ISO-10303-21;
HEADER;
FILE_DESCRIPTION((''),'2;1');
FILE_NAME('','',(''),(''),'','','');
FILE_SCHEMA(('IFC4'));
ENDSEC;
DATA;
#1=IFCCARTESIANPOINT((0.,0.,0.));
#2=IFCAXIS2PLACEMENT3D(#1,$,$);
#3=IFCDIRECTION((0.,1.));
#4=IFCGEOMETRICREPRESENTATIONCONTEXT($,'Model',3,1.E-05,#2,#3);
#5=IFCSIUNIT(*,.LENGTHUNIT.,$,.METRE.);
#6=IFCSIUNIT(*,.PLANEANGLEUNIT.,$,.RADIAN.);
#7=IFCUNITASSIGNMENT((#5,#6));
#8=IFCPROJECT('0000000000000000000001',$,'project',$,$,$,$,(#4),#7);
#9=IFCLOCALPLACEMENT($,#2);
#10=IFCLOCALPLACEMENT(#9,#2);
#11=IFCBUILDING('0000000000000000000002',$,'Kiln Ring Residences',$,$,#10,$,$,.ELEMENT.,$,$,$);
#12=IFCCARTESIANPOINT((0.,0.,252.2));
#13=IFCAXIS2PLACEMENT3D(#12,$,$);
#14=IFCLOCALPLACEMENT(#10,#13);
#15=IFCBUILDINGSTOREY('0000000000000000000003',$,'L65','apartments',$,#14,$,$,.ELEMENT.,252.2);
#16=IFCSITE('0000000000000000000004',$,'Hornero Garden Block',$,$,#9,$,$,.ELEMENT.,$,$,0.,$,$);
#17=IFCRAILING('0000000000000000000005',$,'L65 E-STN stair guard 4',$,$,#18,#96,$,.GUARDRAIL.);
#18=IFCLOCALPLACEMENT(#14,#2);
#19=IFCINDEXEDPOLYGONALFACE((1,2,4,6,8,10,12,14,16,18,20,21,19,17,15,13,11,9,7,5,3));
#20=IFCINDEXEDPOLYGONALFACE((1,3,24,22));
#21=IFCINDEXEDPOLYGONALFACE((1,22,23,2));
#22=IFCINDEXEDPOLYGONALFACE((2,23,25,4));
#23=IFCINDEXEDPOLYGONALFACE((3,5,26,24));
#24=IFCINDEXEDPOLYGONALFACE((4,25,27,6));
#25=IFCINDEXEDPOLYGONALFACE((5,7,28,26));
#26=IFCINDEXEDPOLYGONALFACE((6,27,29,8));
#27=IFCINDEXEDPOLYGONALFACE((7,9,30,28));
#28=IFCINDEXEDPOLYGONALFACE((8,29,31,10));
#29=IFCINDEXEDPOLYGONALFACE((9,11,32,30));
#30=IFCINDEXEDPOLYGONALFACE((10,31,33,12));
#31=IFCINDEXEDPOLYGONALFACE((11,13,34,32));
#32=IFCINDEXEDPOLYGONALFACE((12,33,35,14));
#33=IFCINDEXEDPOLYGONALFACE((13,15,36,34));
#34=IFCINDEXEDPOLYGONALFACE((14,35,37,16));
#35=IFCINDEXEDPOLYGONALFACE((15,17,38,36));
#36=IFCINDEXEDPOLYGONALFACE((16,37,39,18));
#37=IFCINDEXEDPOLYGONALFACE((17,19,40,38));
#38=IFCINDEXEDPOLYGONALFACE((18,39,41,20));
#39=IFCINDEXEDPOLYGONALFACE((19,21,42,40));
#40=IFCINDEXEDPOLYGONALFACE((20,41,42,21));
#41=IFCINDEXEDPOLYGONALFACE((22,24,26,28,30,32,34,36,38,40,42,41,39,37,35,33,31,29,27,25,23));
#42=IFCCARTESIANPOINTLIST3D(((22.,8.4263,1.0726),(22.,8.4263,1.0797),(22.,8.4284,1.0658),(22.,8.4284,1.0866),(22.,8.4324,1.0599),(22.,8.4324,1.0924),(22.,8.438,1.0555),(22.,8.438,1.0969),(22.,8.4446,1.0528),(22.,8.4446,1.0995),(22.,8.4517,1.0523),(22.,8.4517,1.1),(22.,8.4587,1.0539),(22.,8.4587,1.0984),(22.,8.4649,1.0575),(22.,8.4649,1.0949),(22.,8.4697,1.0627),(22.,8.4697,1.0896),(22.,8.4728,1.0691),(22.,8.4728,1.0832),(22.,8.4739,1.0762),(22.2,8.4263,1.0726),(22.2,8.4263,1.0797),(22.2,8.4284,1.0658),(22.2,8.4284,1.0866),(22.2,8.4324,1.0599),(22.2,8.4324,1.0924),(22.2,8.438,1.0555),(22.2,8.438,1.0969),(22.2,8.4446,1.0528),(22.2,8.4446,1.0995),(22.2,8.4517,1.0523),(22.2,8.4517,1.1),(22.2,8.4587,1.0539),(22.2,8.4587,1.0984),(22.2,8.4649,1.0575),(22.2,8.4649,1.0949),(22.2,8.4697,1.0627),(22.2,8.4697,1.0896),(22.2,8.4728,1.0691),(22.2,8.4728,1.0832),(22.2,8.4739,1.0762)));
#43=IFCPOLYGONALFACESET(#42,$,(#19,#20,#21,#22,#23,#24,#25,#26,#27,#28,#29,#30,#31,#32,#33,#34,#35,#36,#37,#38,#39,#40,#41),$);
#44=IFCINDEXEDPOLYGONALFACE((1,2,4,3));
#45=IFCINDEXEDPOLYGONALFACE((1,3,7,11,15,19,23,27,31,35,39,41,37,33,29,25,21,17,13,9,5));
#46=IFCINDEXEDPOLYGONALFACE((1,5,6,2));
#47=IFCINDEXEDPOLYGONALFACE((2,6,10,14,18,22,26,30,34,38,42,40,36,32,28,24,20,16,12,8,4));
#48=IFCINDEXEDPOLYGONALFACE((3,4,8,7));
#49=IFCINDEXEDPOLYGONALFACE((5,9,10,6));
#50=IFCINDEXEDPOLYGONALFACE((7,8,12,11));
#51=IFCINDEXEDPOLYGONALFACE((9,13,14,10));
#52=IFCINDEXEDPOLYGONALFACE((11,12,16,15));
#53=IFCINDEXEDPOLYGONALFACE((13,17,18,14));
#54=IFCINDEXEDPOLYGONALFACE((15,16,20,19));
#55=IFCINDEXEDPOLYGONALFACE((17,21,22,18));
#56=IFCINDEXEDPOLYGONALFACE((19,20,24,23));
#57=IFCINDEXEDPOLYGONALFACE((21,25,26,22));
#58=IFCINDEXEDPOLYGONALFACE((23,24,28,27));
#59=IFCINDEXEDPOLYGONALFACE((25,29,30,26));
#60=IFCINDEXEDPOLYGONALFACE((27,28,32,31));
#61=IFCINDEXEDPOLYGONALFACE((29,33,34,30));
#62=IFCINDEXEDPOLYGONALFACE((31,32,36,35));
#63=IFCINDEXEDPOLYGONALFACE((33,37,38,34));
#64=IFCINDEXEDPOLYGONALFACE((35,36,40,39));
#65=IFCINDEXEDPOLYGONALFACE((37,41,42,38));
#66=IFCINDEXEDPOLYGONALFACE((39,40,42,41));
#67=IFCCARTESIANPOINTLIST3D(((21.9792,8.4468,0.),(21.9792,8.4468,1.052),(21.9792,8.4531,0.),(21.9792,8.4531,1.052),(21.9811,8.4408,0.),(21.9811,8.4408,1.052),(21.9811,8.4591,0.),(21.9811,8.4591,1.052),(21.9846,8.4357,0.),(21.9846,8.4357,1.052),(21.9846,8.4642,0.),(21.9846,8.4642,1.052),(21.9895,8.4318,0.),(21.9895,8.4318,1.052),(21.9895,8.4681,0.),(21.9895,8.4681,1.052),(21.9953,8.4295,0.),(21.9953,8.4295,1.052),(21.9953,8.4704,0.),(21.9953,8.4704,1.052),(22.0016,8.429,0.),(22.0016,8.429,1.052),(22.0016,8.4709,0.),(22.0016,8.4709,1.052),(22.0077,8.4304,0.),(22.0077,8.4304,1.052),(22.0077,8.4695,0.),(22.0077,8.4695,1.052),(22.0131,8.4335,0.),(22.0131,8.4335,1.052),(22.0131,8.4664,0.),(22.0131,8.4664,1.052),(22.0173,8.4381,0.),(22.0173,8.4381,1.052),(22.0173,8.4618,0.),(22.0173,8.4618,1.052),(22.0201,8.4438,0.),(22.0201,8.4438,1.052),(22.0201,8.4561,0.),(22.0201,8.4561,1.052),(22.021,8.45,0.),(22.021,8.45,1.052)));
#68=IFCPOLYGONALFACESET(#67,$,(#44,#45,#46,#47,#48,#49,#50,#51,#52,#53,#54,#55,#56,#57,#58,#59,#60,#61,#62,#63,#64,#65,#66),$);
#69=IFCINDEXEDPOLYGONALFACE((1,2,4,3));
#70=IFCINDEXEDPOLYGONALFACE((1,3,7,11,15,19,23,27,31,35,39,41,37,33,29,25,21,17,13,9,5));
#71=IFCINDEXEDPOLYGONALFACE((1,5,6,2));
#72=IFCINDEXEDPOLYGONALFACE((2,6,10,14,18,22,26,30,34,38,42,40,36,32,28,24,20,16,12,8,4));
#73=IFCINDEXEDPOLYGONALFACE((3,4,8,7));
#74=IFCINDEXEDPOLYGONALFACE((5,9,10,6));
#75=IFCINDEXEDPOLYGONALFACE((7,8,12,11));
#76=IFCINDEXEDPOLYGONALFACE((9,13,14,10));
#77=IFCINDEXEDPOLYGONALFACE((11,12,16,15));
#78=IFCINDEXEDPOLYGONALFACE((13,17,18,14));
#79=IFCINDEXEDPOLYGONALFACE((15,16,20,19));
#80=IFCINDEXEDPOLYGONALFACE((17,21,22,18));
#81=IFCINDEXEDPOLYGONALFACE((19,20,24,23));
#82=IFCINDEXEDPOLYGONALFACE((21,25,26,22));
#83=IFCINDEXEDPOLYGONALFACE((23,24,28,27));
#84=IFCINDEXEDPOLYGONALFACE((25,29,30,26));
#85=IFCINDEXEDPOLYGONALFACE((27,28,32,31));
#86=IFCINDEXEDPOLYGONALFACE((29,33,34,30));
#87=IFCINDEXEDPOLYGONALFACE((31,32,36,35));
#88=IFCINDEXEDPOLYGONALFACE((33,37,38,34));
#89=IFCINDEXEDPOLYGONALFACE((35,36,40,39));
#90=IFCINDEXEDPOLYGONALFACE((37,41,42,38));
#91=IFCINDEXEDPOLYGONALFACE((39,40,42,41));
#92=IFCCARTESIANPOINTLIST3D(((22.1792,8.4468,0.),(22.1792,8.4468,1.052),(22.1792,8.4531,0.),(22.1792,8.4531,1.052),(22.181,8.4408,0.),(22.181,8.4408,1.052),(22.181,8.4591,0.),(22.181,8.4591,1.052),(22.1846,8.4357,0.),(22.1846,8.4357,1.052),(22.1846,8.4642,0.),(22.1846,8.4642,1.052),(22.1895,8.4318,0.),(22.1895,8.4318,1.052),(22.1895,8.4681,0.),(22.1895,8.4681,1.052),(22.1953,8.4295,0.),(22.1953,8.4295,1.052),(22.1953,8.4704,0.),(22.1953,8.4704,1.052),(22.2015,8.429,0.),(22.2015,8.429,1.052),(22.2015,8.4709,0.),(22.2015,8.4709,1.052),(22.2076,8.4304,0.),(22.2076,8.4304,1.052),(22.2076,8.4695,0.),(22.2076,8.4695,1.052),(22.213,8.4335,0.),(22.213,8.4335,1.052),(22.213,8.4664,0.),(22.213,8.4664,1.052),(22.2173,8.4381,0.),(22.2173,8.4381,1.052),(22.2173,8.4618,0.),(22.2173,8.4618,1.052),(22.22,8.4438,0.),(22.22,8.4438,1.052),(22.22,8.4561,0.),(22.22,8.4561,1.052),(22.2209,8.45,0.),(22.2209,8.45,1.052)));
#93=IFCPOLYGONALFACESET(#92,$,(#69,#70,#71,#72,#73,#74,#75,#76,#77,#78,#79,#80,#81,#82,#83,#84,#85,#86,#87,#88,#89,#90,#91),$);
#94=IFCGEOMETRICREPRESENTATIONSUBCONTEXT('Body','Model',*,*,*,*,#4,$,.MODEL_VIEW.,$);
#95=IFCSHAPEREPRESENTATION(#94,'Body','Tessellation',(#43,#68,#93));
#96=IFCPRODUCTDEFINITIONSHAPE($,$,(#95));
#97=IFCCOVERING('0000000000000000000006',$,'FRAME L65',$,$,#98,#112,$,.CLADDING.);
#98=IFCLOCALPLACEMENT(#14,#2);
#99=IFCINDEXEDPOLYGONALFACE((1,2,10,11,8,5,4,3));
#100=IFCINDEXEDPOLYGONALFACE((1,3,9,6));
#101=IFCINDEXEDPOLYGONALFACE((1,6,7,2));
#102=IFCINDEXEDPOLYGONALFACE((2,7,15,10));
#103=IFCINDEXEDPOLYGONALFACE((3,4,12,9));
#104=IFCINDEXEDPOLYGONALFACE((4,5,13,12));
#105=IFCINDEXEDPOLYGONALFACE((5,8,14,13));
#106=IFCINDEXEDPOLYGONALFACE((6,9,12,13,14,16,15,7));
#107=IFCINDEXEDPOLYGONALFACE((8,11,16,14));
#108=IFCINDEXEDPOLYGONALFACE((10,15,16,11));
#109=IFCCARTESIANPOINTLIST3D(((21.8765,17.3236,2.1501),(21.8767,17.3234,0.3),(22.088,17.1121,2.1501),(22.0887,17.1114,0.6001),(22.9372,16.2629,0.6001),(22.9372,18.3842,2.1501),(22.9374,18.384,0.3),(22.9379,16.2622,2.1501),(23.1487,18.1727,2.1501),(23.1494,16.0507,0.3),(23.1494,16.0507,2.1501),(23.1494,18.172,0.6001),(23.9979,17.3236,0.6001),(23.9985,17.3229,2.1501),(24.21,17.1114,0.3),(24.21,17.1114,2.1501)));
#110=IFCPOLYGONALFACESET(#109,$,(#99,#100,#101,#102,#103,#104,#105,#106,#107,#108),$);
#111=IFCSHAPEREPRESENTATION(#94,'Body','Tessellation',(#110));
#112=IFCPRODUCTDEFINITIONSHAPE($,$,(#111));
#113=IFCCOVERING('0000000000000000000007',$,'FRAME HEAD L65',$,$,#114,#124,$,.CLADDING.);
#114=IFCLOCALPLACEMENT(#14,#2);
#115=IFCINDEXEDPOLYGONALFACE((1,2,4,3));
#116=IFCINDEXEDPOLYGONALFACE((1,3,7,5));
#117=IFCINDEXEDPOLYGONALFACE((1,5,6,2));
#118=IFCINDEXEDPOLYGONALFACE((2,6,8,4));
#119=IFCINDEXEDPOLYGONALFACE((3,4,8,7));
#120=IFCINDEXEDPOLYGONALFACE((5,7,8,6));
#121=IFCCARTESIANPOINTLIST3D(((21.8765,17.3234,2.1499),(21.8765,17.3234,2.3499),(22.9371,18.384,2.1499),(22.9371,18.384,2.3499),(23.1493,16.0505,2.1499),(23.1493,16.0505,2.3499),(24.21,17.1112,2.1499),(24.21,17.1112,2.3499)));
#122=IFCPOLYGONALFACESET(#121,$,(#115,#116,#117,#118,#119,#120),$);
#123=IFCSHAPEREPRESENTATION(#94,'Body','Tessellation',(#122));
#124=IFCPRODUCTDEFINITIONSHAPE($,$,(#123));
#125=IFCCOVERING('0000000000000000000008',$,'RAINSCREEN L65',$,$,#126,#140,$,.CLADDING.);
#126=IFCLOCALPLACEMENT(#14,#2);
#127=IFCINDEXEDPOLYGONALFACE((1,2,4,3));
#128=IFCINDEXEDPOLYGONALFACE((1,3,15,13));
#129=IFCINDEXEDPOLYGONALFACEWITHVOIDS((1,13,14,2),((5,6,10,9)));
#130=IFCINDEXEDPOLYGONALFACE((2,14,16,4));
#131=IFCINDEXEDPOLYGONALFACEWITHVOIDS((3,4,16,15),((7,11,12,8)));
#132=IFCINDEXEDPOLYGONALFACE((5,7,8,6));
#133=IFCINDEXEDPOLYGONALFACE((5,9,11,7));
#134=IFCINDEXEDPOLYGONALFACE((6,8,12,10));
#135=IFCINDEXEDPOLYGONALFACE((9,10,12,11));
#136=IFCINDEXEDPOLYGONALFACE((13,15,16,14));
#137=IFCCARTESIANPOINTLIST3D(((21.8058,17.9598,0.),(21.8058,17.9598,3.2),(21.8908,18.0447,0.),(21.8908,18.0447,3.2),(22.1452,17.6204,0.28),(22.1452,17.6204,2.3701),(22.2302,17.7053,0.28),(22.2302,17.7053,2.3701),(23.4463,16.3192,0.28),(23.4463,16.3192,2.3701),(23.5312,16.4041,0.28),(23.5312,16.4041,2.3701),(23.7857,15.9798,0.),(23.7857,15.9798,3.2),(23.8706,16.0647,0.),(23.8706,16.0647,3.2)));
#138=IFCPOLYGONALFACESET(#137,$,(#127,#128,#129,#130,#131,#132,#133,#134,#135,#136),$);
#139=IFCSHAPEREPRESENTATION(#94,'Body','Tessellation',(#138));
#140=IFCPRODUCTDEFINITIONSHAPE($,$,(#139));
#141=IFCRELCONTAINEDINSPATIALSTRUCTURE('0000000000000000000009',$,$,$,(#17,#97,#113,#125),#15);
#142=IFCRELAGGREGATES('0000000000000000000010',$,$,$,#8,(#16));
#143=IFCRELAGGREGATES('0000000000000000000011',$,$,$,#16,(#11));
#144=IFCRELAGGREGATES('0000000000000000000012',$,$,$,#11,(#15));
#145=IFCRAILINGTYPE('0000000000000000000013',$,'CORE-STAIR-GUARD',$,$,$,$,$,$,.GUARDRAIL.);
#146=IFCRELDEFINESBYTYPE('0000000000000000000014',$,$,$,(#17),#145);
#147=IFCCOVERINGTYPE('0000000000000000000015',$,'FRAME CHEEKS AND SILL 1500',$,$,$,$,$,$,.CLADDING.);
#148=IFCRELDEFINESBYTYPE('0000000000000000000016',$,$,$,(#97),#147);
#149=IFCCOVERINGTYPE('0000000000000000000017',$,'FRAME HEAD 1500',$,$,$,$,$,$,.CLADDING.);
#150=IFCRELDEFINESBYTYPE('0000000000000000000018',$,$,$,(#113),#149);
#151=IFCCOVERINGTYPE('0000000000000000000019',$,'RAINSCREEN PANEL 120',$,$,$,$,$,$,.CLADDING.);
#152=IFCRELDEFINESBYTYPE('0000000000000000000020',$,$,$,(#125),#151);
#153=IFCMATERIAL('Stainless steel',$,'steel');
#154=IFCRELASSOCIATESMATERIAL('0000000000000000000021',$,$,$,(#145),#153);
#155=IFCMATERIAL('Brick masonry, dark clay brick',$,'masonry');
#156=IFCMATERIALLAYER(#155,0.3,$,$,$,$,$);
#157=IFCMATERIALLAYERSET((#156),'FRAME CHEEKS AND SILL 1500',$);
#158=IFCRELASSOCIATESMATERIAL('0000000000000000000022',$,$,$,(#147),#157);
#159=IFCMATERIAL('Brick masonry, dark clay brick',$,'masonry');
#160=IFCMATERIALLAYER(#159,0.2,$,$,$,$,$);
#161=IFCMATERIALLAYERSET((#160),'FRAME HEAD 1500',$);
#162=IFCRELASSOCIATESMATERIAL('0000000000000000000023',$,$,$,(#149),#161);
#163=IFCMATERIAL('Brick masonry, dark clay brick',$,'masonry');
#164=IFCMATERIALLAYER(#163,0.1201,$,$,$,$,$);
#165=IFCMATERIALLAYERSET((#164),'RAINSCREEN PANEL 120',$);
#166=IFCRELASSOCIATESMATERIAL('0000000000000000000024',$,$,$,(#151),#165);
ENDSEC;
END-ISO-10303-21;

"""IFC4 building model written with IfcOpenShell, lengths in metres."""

from ifc_helpers import new_model, si_unit, direction, frame, origin, origin_2d, place, context, subcontext, project, spatial, polyline, rectangle, circle, outline, extrude, material, layer, layer_set, type_object, element, save


model = new_model("IFC4")

# Units and contexts
model_context = context("Model", 3, precision=1e-05, world=origin(), true_north=direction((0.0, 1.0)))
body_context = subcontext(model_context, "Body", "Model", "MODEL_VIEW")
ifc_project = project(units=[si_unit("LENGTHUNIT", "METRE"), si_unit("PLANEANGLEUNIT", "RADIAN")], contexts=[model_context])

# Site, building, storey
site_placement = place(None, origin())
site = spatial("IfcSite", under=ifc_project, at=site_placement, Name="Hornero Garden Block", CompositionType="ELEMENT", RefElevation=0.0)
building_placement = place(site_placement, origin())
building = spatial("IfcBuilding", under=site, at=building_placement, Name="Kiln Ring Residences", CompositionType="ELEMENT")
storey_placement = place(building_placement, frame((0.0, 0.0, 252.2)))
storey = spatial("IfcBuildingStorey", under=building, at=storey_placement, Name="L65", Description="apartments", CompositionType="ELEMENT", Elevation=252.2)

# Railing
ifc_material_1 = material(Name="Stainless steel", Category="steel")
railing_type = type_object("IfcRailingType", Name="CORE-STAIR-GUARD", PredefinedType="GUARDRAIL", material=ifc_material_1)
railing_placement = place(storey_placement, frame((22.0, 8.45, 0.0)))
element("IfcRailing", 1, at=railing_placement, inside=storey, type_object=railing_type, Name="L65 E-STN stair guard 4", PredefinedType="GUARDRAIL", context=body_context, shape_type="SweptSolid", body=[
    extrude(circle(Radius=0.0239, at=origin_2d()), frame((0.0, 0.0, 1.0762), z_axis=(1.0, 0.0, 0.0), x_axis=(0.0, 1.0, 0.0)), (0.0, 0.0, 1.0), 0.2),
    extrude(circle(Radius=0.021, at=origin_2d()), origin(), (0.0, 0.0, 1.0), 1.052),
    extrude(circle(Radius=0.021, at=origin_2d()), frame((0.2, 0.0, 0.0)), (0.0, 0.0, 1.0), 1.052),
])

# Coverings
ifc_material_2 = material(Name="Brick masonry, dark clay brick", Category="masonry")
ifc_layer_1 = layer(ifc_material_2, 0.3)
ifc_layer_set_1 = layer_set([ifc_layer_1], Name="FRAME CHEEKS AND SILL 1500")
covering_type_1 = type_object("IfcCoveringType", Name="FRAME CHEEKS AND SILL 1500", PredefinedType="CLADDING", material=ifc_layer_set_1)
covering_1_placement = place(storey_placement, frame((23.6797, 16.5811, 0.3), z_axis=(0.0, 0.0, 1.0), x_axis=(-0.707107, 0.707107, 0.0)))
element("IfcCovering", 2, at=covering_1_placement, inside=storey, type_object=covering_type_1, Name="FRAME L65", PredefinedType="CLADDING", context=body_context, shape_type="SweptSolid", body=[
    extrude(outline(polyline([(0.0, 0.0), (1.7998, 0.0), (1.8, 1.8501), (1.501, 1.8501), (1.5, 0.3), (0.3, 0.3), (0.2991, 1.8501), (0.0, 1.8501), (0.0, 0.0)])), frame((0.0, 0.75, 0.0), z_axis=(0.0, -1.0, 0.0), x_axis=(1.0, 0.0, 0.0)), (0.0, 0.0, 1.0), 1.5),
])
ifc_material_3 = material(Name="Brick masonry, dark clay brick", Category="masonry")
ifc_layer_2 = layer(ifc_material_3, 0.2)
ifc_layer_set_2 = layer_set([ifc_layer_2], Name="FRAME HEAD 1500")
covering_type_2 = type_object("IfcCoveringType", Name="FRAME HEAD 1500", PredefinedType="CLADDING", material=ifc_layer_set_2)
covering_2_placement = place(storey_placement, frame((23.0432, 17.2173, 2.1499), z_axis=(0.0, 0.0, 1.0), x_axis=(-0.707107, 0.707107, 0.0)))
element("IfcCovering", 3, at=covering_2_placement, inside=storey, type_object=covering_type_2, Name="FRAME HEAD L65", PredefinedType="CLADDING", context=body_context, shape_type="SweptSolid", body=[
    extrude(rectangle(XDim=1.8, YDim=1.5, at=origin_2d()), origin(), (0.0, 0.0, 1.0), 0.2),
])
ifc_material_4 = material(Name="Brick masonry, dark clay brick", Category="masonry")
ifc_layer_3 = layer(ifc_material_4, 0.1201)
ifc_layer_set_3 = layer_set([ifc_layer_3], Name="RAINSCREEN PANEL 120")
covering_type_3 = type_object("IfcCoveringType", Name="RAINSCREEN PANEL 120", PredefinedType="CLADDING", material=ifc_layer_set_3)
covering_3_placement = place(storey_placement, frame((23.8281, 16.0222, 0.0), z_axis=(0.0, 0.0, 1.0), x_axis=(-0.707063, 0.70715, 0.0)))
element("IfcCovering", 4, at=covering_3_placement, inside=storey, type_object=covering_type_3, Name="RAINSCREEN L65", PredefinedType="CLADDING", context=body_context, shape_type="SweptSolid", body=[
    extrude(outline(polyline([(0.0, 0.0), (2.8, 0.0), (2.8, 3.2), (0.0, 3.2), (0.0, 0.0)]), holes=[polyline([(0.48, 2.3701), (0.48, 0.28), (2.3201, 0.28), (2.3201, 2.3701), (0.48, 2.3701)])]), frame((0.0, 0.0601, 0.0), z_axis=(0.0, -1.0, 0.0), x_axis=(1.0, 0.0, 0.0)), (0.0, 0.0, 1.0), 0.1201),
])

save(model, "model.ifc")
